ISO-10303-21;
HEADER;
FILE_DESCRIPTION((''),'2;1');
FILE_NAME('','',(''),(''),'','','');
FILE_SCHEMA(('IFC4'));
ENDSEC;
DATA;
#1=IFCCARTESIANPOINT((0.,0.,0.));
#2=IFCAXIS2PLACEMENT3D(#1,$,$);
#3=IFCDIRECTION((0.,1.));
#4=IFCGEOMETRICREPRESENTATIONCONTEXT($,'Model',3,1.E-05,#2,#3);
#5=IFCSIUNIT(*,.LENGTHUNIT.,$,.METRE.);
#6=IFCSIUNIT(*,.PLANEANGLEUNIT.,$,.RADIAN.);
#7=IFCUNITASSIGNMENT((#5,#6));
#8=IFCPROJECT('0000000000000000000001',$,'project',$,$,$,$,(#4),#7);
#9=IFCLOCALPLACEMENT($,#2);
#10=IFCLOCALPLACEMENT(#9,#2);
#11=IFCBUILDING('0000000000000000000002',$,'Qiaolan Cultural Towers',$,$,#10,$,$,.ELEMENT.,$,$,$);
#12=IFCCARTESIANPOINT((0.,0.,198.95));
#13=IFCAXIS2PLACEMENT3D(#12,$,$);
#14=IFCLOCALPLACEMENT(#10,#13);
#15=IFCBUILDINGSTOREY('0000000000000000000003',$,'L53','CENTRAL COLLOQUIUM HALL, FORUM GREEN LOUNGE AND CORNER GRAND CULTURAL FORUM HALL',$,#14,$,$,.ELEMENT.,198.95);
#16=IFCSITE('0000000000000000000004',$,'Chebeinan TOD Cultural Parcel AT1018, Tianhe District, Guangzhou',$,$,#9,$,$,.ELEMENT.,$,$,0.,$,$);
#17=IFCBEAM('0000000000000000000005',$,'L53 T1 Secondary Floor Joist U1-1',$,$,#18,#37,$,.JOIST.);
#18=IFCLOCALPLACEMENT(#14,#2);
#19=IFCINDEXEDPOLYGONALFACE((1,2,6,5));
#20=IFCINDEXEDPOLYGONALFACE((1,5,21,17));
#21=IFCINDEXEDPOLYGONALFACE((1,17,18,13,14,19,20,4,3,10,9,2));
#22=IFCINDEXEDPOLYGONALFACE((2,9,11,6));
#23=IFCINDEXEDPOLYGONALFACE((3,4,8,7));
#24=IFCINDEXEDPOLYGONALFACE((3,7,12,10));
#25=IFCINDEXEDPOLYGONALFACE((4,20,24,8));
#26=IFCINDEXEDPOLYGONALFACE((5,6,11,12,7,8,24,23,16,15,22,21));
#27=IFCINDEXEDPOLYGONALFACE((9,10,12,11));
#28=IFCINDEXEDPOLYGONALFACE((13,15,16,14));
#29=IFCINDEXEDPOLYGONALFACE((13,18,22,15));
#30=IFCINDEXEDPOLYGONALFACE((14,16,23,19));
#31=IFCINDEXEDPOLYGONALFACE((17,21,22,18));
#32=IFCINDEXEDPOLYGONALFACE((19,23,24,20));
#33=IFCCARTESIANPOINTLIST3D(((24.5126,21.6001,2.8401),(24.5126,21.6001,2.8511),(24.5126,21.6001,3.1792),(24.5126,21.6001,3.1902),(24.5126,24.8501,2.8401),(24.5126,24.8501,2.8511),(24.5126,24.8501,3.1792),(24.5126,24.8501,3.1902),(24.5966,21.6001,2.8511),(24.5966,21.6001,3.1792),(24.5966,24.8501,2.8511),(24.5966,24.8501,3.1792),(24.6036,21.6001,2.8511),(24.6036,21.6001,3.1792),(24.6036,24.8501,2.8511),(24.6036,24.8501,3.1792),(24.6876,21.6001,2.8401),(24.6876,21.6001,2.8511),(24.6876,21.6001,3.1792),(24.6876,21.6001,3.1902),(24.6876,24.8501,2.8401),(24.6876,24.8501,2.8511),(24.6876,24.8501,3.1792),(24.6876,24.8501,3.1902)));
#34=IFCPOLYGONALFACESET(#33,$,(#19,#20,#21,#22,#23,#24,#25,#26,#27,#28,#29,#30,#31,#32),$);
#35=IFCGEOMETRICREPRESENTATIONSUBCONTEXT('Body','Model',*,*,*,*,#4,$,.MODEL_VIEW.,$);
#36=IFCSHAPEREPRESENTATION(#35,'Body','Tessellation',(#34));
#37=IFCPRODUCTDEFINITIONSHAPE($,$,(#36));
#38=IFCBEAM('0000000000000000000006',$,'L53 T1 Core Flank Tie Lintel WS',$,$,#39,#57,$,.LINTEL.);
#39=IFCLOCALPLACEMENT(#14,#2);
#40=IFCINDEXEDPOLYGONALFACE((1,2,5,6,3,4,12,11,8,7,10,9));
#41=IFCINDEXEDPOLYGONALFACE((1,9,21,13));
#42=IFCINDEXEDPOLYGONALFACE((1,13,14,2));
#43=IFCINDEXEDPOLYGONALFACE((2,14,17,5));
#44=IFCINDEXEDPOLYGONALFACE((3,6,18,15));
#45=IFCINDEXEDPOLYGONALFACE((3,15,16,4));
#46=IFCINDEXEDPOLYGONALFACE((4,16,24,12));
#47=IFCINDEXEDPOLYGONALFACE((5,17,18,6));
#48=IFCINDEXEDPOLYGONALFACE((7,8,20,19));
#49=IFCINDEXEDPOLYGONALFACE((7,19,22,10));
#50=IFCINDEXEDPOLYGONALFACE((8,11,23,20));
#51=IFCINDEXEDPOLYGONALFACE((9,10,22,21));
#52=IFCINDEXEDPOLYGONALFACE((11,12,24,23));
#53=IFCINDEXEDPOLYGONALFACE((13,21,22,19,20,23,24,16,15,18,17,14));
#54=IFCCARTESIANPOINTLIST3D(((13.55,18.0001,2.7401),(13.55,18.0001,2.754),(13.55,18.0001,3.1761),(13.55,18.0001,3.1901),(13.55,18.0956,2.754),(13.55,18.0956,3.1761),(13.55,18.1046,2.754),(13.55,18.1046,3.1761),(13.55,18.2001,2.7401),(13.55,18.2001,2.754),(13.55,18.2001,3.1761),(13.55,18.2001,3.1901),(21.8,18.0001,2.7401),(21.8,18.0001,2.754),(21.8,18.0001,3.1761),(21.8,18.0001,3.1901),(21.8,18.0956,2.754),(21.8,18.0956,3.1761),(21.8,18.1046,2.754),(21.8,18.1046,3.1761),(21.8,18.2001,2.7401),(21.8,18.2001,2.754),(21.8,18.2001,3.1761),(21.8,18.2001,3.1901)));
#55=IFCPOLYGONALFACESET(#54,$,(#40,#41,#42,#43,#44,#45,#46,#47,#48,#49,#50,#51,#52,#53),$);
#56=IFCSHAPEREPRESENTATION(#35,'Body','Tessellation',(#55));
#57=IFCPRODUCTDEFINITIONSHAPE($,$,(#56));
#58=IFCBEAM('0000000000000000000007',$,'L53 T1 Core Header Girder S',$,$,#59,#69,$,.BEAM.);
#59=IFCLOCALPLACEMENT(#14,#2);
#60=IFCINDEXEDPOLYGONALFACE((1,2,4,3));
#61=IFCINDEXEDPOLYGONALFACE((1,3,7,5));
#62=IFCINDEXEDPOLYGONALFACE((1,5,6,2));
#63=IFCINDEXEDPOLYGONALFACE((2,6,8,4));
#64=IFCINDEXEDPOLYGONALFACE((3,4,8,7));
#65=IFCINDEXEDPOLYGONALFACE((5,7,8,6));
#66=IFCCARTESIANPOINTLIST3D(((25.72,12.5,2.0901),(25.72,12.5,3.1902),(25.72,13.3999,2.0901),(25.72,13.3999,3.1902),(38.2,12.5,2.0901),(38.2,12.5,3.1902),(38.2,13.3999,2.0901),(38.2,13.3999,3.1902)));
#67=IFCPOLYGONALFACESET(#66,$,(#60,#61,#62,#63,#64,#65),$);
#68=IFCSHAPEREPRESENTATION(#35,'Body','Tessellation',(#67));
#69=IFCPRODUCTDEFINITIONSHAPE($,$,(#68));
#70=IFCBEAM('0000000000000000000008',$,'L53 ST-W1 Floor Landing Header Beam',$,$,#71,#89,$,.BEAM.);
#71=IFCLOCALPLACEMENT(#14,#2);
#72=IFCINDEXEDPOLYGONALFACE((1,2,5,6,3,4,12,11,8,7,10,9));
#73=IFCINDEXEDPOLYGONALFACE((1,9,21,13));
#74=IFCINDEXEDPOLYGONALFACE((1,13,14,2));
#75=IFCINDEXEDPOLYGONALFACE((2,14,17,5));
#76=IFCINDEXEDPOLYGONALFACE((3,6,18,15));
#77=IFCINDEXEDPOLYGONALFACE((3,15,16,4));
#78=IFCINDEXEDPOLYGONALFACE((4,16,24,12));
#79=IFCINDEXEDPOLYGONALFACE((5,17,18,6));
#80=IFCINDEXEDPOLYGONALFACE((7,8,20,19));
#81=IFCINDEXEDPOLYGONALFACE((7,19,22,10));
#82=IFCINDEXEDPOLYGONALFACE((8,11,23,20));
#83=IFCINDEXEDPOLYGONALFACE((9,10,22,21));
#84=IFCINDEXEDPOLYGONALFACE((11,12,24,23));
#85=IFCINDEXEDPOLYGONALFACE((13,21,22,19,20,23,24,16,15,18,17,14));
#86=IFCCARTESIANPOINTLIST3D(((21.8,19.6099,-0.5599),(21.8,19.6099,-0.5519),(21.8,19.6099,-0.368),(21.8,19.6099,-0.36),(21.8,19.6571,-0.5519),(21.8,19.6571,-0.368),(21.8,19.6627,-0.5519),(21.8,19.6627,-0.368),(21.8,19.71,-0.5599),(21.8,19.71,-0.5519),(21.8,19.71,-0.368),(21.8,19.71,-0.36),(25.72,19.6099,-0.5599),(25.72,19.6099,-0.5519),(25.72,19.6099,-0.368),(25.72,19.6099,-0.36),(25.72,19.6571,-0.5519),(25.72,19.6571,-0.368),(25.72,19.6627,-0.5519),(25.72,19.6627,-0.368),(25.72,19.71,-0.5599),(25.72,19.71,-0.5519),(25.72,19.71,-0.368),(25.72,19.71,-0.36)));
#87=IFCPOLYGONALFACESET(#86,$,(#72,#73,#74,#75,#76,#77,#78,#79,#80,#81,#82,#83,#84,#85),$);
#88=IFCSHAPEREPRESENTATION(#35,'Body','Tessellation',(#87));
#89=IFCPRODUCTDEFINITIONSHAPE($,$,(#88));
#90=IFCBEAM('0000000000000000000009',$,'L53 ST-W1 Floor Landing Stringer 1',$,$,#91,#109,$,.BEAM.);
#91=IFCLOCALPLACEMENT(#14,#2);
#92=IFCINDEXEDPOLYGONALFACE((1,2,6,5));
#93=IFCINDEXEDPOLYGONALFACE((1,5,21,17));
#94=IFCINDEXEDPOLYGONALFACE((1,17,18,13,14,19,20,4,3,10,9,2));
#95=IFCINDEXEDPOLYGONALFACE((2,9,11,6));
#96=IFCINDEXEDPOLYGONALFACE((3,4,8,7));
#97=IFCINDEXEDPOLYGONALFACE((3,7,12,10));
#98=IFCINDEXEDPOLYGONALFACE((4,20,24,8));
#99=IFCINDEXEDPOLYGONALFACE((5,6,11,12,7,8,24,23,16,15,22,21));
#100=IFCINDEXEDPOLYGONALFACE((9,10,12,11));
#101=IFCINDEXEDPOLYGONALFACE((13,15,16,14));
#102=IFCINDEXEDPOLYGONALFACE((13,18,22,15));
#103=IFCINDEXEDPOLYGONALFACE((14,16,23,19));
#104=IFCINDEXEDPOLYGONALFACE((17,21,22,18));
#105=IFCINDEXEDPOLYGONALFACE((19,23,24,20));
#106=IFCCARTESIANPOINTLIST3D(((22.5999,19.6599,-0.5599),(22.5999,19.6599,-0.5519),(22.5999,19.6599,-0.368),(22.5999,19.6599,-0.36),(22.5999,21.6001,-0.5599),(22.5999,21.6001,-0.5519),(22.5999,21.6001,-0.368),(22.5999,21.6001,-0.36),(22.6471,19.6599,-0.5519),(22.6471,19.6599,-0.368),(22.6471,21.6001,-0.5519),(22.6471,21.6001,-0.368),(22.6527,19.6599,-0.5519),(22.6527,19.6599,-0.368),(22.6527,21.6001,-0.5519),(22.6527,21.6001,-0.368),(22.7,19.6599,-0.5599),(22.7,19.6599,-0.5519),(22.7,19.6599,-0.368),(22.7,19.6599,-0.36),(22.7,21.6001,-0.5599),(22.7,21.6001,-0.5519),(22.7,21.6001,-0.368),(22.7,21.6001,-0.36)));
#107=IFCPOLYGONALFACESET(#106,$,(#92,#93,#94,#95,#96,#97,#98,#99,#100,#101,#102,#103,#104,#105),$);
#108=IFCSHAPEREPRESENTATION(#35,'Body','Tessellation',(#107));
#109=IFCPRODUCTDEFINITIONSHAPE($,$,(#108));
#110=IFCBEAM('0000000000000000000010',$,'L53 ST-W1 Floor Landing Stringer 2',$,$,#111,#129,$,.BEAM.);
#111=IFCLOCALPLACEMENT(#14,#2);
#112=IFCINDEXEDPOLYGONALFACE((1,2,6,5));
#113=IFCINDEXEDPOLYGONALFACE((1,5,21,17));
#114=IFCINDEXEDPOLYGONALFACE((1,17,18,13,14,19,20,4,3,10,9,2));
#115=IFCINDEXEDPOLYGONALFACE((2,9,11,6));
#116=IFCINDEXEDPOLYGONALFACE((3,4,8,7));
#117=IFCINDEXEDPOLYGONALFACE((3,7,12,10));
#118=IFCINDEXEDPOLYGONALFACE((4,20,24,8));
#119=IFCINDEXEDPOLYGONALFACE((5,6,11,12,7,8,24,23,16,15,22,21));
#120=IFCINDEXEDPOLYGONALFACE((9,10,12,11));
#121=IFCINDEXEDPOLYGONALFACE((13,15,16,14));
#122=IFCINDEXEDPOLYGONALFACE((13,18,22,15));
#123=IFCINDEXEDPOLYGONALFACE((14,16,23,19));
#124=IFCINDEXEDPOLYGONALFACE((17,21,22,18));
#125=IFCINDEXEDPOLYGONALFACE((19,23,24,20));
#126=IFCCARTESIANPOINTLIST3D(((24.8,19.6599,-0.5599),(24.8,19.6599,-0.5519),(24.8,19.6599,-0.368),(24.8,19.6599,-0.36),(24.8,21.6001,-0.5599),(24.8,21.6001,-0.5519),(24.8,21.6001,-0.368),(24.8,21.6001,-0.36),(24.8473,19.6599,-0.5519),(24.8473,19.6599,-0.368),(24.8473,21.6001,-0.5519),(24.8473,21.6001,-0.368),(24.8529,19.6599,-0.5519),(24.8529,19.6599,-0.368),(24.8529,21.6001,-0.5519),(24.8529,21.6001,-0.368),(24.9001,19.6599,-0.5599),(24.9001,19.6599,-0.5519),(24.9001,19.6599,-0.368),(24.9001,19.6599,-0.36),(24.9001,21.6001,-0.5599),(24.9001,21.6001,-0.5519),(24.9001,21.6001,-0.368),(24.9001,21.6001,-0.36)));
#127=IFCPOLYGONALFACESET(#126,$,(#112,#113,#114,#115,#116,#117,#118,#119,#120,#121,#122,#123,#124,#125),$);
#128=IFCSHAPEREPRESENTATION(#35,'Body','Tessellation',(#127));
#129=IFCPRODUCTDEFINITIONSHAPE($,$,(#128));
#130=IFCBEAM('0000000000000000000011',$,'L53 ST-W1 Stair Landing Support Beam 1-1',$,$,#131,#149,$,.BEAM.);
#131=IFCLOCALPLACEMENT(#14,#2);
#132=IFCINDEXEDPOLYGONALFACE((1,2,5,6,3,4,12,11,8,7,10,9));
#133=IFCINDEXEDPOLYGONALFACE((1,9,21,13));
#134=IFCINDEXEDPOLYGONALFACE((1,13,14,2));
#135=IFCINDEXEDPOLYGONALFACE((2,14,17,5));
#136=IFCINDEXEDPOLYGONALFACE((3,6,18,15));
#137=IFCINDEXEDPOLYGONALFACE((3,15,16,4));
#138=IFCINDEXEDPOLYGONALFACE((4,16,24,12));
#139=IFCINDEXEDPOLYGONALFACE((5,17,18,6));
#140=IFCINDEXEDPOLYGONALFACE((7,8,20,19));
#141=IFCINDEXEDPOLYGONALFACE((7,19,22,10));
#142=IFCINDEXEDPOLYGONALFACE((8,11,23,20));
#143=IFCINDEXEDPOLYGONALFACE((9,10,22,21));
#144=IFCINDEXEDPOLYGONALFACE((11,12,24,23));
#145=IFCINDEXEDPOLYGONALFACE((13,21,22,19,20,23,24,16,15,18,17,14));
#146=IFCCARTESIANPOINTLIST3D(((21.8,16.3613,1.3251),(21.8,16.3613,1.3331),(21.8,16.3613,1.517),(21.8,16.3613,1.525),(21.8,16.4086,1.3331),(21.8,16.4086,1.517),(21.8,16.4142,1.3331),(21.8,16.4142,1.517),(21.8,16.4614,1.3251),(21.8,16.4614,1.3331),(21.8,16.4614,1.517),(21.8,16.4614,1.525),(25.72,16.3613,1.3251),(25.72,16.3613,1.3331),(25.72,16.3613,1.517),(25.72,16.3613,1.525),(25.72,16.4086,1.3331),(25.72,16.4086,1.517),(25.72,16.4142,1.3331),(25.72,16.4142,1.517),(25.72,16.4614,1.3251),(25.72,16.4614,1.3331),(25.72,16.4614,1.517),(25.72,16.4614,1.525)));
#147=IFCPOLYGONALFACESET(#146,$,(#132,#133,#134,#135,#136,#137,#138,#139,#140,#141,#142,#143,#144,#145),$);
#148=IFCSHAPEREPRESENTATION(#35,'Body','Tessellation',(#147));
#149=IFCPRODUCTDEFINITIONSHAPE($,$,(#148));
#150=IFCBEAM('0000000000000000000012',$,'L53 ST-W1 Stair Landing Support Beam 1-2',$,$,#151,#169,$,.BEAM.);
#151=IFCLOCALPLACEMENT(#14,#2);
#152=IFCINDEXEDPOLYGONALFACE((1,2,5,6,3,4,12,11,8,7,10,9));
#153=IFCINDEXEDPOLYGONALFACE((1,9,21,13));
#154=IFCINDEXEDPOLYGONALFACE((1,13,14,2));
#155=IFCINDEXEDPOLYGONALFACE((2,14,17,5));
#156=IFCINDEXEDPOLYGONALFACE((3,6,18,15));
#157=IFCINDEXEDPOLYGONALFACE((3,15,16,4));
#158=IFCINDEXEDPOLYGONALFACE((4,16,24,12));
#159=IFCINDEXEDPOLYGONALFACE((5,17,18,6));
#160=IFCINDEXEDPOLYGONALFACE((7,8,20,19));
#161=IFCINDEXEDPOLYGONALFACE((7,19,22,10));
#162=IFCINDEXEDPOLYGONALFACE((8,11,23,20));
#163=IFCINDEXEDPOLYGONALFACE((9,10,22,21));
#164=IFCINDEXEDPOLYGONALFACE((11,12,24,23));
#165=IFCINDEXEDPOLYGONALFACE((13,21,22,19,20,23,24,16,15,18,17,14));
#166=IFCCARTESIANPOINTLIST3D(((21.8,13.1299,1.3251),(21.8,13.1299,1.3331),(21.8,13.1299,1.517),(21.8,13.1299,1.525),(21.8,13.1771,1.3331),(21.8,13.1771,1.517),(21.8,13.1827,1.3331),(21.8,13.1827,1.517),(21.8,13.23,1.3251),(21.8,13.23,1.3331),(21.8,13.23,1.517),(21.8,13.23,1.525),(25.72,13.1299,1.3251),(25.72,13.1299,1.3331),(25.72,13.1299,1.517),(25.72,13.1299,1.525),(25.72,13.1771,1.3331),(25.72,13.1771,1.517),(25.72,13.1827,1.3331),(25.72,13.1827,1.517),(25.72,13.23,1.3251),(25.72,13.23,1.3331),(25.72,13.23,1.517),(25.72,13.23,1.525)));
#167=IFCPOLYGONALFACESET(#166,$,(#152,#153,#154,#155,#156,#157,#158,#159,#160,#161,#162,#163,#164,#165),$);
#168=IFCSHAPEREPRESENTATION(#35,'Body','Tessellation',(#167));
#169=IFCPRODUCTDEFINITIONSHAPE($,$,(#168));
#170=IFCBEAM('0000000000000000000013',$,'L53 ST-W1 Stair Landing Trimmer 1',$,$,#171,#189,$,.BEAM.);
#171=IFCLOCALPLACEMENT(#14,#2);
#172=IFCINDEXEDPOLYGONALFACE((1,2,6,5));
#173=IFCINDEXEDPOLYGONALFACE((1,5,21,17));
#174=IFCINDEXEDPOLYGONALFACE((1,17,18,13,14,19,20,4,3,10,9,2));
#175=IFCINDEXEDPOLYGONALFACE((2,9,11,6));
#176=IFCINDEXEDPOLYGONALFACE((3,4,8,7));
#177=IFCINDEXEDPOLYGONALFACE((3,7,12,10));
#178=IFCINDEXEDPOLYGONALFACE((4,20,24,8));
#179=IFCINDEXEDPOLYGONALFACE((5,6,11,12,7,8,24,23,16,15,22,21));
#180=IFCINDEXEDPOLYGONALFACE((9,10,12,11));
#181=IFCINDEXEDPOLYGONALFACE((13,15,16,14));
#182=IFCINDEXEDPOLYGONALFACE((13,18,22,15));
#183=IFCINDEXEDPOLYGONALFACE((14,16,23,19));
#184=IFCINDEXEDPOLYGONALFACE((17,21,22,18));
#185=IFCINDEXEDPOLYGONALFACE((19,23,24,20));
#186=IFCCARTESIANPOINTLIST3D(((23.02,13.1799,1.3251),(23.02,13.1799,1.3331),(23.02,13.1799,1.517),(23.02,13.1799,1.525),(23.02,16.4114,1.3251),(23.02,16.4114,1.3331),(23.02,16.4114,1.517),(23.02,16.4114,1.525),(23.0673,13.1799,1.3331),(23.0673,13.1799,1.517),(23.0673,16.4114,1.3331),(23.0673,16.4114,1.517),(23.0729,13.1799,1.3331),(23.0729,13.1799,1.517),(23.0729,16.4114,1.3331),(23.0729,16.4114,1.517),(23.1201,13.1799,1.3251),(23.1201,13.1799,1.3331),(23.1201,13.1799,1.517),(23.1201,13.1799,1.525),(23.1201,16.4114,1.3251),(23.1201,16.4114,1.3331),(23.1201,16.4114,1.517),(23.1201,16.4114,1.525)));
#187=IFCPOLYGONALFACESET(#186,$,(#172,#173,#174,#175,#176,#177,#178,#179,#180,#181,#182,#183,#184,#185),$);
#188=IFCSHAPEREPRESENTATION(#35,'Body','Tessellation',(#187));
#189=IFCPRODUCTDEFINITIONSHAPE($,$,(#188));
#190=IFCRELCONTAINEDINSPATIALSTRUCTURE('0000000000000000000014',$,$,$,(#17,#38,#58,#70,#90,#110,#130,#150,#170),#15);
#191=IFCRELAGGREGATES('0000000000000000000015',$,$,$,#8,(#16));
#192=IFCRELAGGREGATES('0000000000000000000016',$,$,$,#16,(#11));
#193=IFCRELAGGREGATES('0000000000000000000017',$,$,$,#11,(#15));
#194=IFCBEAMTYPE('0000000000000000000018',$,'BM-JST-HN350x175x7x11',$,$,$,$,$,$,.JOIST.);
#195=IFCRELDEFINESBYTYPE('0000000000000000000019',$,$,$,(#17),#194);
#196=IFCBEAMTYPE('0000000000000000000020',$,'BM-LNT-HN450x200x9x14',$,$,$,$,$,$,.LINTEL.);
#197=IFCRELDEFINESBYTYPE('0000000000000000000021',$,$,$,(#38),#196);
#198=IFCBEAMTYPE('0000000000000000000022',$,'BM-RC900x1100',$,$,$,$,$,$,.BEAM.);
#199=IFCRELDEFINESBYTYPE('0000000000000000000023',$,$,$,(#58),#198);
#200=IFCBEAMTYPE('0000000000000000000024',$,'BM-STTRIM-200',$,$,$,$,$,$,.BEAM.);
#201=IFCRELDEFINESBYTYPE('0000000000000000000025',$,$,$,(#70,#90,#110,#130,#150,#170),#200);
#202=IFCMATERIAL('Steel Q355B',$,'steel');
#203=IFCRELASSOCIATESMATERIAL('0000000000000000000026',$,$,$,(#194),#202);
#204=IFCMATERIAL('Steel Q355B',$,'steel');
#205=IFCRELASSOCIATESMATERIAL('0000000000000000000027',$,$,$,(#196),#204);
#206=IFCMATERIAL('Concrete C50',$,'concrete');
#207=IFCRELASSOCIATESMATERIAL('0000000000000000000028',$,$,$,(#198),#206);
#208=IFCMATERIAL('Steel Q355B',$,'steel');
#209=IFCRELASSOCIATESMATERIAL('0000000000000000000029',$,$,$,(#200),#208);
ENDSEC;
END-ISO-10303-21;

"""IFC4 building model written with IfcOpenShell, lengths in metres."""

from ifc_helpers import new_model, si_unit, direction, frame, origin, origin_2d, place, context, subcontext, project, spatial, rectangle, i_section, extrude, material, material_profile, profile_set, type_object, element, save


model = new_model("IFC4")

# Units and contexts
model_context = context("Model", 3, precision=1e-05, world=origin(), true_north=direction((0.0, 1.0)))
body_context = subcontext(model_context, "Body", "Model", "MODEL_VIEW")
ifc_project = project(units=[si_unit("LENGTHUNIT", "METRE"), si_unit("PLANEANGLEUNIT", "RADIAN")], contexts=[model_context])

# Site, building, storey
site_placement = place(None, origin())
site = spatial("IfcSite", under=ifc_project, at=site_placement, Name="Chebeinan TOD Cultural Parcel AT1018, Tianhe District, Guangzhou", CompositionType="ELEMENT", RefElevation=0.0)
building_placement = place(site_placement, origin())
building = spatial("IfcBuilding", under=site, at=building_placement, Name="Qiaolan Cultural Towers", CompositionType="ELEMENT")
storey_placement = place(building_placement, frame((0.0, 0.0, 198.95)))
storey = spatial("IfcBuildingStorey", under=building, at=storey_placement, Name="L53", Description="CENTRAL COLLOQUIUM HALL, FORUM GREEN LOUNGE AND CORNER GRAND CULTURAL FORUM HALL", CompositionType="ELEMENT", Elevation=198.95)

# Beams
ifc_material_1 = material(Name="Steel Q355B", Category="steel")
ifc_material_profile_1 = material_profile(ifc_material_1, i_section(OverallWidth=0.175, OverallDepth=0.3501, WebThickness=0.0071, FlangeThickness=0.011, at=origin_2d()), Name="HN350x175x7x11")
ifc_profile_set_1 = profile_set([ifc_material_profile_1], Name="Steel Q355B")
beam_type_1 = type_object("IfcBeamType", Name="BM-JST-HN350x175x7x11", PredefinedType="JOIST", material=ifc_profile_set_1)
beam_1_placement = place(storey_placement, frame((24.6001, 21.6001, 3.0151), z_axis=(0.0, 1.0, 0.0), x_axis=(-1.0, 0.0, 0.0)))
element("IfcBeam", 1, at=beam_1_placement, inside=storey, type_object=beam_type_1, Name="L53 T1 Secondary Floor Joist U1-1", PredefinedType="JOIST", context=body_context, shape_type="SweptSolid", body=[
    extrude(i_section(OverallWidth=0.175, OverallDepth=0.3501, WebThickness=0.0071, FlangeThickness=0.011, at=origin_2d()), origin(), (0.0, 0.0, 1.0), 3.25),
])
ifc_material_2 = material(Name="Steel Q355B", Category="steel")
ifc_material_profile_2 = material_profile(ifc_material_2, i_section(OverallWidth=0.2, OverallDepth=0.45, WebThickness=0.009, FlangeThickness=0.0139, at=origin_2d()), Name="HN450x200x9x14")
ifc_profile_set_2 = profile_set([ifc_material_profile_2], Name="Steel Q355B")
beam_type_2 = type_object("IfcBeamType", Name="BM-LNT-HN450x200x9x14", PredefinedType="LINTEL", material=ifc_profile_set_2)
beam_2_placement = place(storey_placement, frame((21.8, 18.1001, 2.9651), z_axis=(-1.0, 0.0, 0.0), x_axis=(0.0, -1.0, 0.0)))
element("IfcBeam", 2, at=beam_2_placement, inside=storey, type_object=beam_type_2, Name="L53 T1 Core Flank Tie Lintel WS", PredefinedType="LINTEL", context=body_context, shape_type="SweptSolid", body=[
    extrude(i_section(OverallWidth=0.2, OverallDepth=0.45, WebThickness=0.009, FlangeThickness=0.0139, at=origin_2d()), origin(), (0.0, 0.0, 1.0), 8.25),
])
ifc_material_3 = material(Name="Concrete C50", Category="concrete")
ifc_material_profile_3 = material_profile(ifc_material_3, rectangle(XDim=0.8999, YDim=1.1001, at=origin_2d()), Name="RC900x1100")
ifc_profile_set_3 = profile_set([ifc_material_profile_3], Name="Concrete C50")
beam_type_3 = type_object("IfcBeamType", Name="BM-RC900x1100", PredefinedType="BEAM", material=ifc_profile_set_3)
beam_3_placement = place(storey_placement, frame((25.72, 12.95, 2.6401), z_axis=(1.0, 0.0, 0.0), x_axis=(0.0, 1.0, 0.0)))
element("IfcBeam", 3, at=beam_3_placement, inside=storey, type_object=beam_type_3, Name="L53 T1 Core Header Girder S", PredefinedType="BEAM", context=body_context, shape_type="SweptSolid", body=[
    extrude(rectangle(XDim=0.8999, YDim=1.1001, at=origin_2d()), origin(), (0.0, 0.0, 1.0), 12.48),
])
ifc_material_4 = material(Name="Steel Q355B", Category="steel")
ifc_material_profile_4 = material_profile(ifc_material_4, i_section(OverallWidth=0.1001, OverallDepth=0.2, WebThickness=0.0056, FlangeThickness=0.0081, at=origin_2d()), Name="HN200x100x5.5x8")
ifc_profile_set_4 = profile_set([ifc_material_profile_4], Name="Steel Q355B")
beam_type_4 = type_object("IfcBeamType", Name="BM-STTRIM-200", PredefinedType="BEAM", material=ifc_profile_set_4)
beam_4_placement = place(storey_placement, frame((21.8, 19.6599, -0.46), z_axis=(1.0, 0.0, 0.0), x_axis=(0.0, 1.0, 0.0)))
element("IfcBeam", 4, at=beam_4_placement, inside=storey, type_object=beam_type_4, Name="L53 ST-W1 Floor Landing Header Beam", PredefinedType="BEAM", context=body_context, shape_type="SweptSolid", body=[
    extrude(i_section(OverallWidth=0.1001, OverallDepth=0.2, WebThickness=0.0056, FlangeThickness=0.0081, at=origin_2d()), origin(), (0.0, 0.0, 1.0), 3.9199),
])
for number, where, z_axis, x_axis, name in (
    (5, (22.6499, 21.6001, -0.46), (0.0, -1.0, 0.0), (1.0, 0.0, 0.0), "L53 ST-W1 Floor Landing Stringer 1"),
    (6, (24.8501, 21.6001, -0.46), (0.0, -1.0, 0.0), (1.0, 0.0, 0.0), "L53 ST-W1 Floor Landing Stringer 2"),
):
    element("IfcBeam", number, at=place(storey_placement, frame(where, z_axis=z_axis, x_axis=x_axis)), inside=storey, type_object=beam_type_4, Name=name, PredefinedType="BEAM", context=body_context, shape_type="SweptSolid", body=[
        extrude(i_section(OverallWidth=0.1001, OverallDepth=0.2, WebThickness=0.0056, FlangeThickness=0.0081, at=origin_2d()), origin(), (0.0, 0.0, 1.0), 1.9402),
    ])
for number, where, z_axis, x_axis, name in (
    (7, (21.8, 16.4114, 1.425), (1.0, 0.0, 0.0), (0.0, 1.0, 0.0), "L53 ST-W1 Stair Landing Support Beam 1-1"),
    (8, (21.8, 13.1799, 1.425), (1.0, 0.0, 0.0), (0.0, 1.0, 0.0), "L53 ST-W1 Stair Landing Support Beam 1-2"),
):
    element("IfcBeam", number, at=place(storey_placement, frame(where, z_axis=z_axis, x_axis=x_axis)), inside=storey, type_object=beam_type_4, Name=name, PredefinedType="BEAM", context=body_context, shape_type="SweptSolid", body=[
        extrude(i_section(OverallWidth=0.1001, OverallDepth=0.2, WebThickness=0.0056, FlangeThickness=0.0081, at=origin_2d()), origin(), (0.0, 0.0, 1.0), 3.9199),
    ])
beam_5_placement = place(storey_placement, frame((23.0701, 16.4114, 1.425), z_axis=(0.0, -1.0, 0.0), x_axis=(1.0, 0.0, 0.0)))
element("IfcBeam", 9, at=beam_5_placement, inside=storey, type_object=beam_type_4, Name="L53 ST-W1 Stair Landing Trimmer 1", PredefinedType="BEAM", context=body_context, shape_type="SweptSolid", body=[
    extrude(i_section(OverallWidth=0.1001, OverallDepth=0.2, WebThickness=0.0056, FlangeThickness=0.0081, at=origin_2d()), origin(), (0.0, 0.0, 1.0), 3.2314),
])

save(model, "model.ifc")
